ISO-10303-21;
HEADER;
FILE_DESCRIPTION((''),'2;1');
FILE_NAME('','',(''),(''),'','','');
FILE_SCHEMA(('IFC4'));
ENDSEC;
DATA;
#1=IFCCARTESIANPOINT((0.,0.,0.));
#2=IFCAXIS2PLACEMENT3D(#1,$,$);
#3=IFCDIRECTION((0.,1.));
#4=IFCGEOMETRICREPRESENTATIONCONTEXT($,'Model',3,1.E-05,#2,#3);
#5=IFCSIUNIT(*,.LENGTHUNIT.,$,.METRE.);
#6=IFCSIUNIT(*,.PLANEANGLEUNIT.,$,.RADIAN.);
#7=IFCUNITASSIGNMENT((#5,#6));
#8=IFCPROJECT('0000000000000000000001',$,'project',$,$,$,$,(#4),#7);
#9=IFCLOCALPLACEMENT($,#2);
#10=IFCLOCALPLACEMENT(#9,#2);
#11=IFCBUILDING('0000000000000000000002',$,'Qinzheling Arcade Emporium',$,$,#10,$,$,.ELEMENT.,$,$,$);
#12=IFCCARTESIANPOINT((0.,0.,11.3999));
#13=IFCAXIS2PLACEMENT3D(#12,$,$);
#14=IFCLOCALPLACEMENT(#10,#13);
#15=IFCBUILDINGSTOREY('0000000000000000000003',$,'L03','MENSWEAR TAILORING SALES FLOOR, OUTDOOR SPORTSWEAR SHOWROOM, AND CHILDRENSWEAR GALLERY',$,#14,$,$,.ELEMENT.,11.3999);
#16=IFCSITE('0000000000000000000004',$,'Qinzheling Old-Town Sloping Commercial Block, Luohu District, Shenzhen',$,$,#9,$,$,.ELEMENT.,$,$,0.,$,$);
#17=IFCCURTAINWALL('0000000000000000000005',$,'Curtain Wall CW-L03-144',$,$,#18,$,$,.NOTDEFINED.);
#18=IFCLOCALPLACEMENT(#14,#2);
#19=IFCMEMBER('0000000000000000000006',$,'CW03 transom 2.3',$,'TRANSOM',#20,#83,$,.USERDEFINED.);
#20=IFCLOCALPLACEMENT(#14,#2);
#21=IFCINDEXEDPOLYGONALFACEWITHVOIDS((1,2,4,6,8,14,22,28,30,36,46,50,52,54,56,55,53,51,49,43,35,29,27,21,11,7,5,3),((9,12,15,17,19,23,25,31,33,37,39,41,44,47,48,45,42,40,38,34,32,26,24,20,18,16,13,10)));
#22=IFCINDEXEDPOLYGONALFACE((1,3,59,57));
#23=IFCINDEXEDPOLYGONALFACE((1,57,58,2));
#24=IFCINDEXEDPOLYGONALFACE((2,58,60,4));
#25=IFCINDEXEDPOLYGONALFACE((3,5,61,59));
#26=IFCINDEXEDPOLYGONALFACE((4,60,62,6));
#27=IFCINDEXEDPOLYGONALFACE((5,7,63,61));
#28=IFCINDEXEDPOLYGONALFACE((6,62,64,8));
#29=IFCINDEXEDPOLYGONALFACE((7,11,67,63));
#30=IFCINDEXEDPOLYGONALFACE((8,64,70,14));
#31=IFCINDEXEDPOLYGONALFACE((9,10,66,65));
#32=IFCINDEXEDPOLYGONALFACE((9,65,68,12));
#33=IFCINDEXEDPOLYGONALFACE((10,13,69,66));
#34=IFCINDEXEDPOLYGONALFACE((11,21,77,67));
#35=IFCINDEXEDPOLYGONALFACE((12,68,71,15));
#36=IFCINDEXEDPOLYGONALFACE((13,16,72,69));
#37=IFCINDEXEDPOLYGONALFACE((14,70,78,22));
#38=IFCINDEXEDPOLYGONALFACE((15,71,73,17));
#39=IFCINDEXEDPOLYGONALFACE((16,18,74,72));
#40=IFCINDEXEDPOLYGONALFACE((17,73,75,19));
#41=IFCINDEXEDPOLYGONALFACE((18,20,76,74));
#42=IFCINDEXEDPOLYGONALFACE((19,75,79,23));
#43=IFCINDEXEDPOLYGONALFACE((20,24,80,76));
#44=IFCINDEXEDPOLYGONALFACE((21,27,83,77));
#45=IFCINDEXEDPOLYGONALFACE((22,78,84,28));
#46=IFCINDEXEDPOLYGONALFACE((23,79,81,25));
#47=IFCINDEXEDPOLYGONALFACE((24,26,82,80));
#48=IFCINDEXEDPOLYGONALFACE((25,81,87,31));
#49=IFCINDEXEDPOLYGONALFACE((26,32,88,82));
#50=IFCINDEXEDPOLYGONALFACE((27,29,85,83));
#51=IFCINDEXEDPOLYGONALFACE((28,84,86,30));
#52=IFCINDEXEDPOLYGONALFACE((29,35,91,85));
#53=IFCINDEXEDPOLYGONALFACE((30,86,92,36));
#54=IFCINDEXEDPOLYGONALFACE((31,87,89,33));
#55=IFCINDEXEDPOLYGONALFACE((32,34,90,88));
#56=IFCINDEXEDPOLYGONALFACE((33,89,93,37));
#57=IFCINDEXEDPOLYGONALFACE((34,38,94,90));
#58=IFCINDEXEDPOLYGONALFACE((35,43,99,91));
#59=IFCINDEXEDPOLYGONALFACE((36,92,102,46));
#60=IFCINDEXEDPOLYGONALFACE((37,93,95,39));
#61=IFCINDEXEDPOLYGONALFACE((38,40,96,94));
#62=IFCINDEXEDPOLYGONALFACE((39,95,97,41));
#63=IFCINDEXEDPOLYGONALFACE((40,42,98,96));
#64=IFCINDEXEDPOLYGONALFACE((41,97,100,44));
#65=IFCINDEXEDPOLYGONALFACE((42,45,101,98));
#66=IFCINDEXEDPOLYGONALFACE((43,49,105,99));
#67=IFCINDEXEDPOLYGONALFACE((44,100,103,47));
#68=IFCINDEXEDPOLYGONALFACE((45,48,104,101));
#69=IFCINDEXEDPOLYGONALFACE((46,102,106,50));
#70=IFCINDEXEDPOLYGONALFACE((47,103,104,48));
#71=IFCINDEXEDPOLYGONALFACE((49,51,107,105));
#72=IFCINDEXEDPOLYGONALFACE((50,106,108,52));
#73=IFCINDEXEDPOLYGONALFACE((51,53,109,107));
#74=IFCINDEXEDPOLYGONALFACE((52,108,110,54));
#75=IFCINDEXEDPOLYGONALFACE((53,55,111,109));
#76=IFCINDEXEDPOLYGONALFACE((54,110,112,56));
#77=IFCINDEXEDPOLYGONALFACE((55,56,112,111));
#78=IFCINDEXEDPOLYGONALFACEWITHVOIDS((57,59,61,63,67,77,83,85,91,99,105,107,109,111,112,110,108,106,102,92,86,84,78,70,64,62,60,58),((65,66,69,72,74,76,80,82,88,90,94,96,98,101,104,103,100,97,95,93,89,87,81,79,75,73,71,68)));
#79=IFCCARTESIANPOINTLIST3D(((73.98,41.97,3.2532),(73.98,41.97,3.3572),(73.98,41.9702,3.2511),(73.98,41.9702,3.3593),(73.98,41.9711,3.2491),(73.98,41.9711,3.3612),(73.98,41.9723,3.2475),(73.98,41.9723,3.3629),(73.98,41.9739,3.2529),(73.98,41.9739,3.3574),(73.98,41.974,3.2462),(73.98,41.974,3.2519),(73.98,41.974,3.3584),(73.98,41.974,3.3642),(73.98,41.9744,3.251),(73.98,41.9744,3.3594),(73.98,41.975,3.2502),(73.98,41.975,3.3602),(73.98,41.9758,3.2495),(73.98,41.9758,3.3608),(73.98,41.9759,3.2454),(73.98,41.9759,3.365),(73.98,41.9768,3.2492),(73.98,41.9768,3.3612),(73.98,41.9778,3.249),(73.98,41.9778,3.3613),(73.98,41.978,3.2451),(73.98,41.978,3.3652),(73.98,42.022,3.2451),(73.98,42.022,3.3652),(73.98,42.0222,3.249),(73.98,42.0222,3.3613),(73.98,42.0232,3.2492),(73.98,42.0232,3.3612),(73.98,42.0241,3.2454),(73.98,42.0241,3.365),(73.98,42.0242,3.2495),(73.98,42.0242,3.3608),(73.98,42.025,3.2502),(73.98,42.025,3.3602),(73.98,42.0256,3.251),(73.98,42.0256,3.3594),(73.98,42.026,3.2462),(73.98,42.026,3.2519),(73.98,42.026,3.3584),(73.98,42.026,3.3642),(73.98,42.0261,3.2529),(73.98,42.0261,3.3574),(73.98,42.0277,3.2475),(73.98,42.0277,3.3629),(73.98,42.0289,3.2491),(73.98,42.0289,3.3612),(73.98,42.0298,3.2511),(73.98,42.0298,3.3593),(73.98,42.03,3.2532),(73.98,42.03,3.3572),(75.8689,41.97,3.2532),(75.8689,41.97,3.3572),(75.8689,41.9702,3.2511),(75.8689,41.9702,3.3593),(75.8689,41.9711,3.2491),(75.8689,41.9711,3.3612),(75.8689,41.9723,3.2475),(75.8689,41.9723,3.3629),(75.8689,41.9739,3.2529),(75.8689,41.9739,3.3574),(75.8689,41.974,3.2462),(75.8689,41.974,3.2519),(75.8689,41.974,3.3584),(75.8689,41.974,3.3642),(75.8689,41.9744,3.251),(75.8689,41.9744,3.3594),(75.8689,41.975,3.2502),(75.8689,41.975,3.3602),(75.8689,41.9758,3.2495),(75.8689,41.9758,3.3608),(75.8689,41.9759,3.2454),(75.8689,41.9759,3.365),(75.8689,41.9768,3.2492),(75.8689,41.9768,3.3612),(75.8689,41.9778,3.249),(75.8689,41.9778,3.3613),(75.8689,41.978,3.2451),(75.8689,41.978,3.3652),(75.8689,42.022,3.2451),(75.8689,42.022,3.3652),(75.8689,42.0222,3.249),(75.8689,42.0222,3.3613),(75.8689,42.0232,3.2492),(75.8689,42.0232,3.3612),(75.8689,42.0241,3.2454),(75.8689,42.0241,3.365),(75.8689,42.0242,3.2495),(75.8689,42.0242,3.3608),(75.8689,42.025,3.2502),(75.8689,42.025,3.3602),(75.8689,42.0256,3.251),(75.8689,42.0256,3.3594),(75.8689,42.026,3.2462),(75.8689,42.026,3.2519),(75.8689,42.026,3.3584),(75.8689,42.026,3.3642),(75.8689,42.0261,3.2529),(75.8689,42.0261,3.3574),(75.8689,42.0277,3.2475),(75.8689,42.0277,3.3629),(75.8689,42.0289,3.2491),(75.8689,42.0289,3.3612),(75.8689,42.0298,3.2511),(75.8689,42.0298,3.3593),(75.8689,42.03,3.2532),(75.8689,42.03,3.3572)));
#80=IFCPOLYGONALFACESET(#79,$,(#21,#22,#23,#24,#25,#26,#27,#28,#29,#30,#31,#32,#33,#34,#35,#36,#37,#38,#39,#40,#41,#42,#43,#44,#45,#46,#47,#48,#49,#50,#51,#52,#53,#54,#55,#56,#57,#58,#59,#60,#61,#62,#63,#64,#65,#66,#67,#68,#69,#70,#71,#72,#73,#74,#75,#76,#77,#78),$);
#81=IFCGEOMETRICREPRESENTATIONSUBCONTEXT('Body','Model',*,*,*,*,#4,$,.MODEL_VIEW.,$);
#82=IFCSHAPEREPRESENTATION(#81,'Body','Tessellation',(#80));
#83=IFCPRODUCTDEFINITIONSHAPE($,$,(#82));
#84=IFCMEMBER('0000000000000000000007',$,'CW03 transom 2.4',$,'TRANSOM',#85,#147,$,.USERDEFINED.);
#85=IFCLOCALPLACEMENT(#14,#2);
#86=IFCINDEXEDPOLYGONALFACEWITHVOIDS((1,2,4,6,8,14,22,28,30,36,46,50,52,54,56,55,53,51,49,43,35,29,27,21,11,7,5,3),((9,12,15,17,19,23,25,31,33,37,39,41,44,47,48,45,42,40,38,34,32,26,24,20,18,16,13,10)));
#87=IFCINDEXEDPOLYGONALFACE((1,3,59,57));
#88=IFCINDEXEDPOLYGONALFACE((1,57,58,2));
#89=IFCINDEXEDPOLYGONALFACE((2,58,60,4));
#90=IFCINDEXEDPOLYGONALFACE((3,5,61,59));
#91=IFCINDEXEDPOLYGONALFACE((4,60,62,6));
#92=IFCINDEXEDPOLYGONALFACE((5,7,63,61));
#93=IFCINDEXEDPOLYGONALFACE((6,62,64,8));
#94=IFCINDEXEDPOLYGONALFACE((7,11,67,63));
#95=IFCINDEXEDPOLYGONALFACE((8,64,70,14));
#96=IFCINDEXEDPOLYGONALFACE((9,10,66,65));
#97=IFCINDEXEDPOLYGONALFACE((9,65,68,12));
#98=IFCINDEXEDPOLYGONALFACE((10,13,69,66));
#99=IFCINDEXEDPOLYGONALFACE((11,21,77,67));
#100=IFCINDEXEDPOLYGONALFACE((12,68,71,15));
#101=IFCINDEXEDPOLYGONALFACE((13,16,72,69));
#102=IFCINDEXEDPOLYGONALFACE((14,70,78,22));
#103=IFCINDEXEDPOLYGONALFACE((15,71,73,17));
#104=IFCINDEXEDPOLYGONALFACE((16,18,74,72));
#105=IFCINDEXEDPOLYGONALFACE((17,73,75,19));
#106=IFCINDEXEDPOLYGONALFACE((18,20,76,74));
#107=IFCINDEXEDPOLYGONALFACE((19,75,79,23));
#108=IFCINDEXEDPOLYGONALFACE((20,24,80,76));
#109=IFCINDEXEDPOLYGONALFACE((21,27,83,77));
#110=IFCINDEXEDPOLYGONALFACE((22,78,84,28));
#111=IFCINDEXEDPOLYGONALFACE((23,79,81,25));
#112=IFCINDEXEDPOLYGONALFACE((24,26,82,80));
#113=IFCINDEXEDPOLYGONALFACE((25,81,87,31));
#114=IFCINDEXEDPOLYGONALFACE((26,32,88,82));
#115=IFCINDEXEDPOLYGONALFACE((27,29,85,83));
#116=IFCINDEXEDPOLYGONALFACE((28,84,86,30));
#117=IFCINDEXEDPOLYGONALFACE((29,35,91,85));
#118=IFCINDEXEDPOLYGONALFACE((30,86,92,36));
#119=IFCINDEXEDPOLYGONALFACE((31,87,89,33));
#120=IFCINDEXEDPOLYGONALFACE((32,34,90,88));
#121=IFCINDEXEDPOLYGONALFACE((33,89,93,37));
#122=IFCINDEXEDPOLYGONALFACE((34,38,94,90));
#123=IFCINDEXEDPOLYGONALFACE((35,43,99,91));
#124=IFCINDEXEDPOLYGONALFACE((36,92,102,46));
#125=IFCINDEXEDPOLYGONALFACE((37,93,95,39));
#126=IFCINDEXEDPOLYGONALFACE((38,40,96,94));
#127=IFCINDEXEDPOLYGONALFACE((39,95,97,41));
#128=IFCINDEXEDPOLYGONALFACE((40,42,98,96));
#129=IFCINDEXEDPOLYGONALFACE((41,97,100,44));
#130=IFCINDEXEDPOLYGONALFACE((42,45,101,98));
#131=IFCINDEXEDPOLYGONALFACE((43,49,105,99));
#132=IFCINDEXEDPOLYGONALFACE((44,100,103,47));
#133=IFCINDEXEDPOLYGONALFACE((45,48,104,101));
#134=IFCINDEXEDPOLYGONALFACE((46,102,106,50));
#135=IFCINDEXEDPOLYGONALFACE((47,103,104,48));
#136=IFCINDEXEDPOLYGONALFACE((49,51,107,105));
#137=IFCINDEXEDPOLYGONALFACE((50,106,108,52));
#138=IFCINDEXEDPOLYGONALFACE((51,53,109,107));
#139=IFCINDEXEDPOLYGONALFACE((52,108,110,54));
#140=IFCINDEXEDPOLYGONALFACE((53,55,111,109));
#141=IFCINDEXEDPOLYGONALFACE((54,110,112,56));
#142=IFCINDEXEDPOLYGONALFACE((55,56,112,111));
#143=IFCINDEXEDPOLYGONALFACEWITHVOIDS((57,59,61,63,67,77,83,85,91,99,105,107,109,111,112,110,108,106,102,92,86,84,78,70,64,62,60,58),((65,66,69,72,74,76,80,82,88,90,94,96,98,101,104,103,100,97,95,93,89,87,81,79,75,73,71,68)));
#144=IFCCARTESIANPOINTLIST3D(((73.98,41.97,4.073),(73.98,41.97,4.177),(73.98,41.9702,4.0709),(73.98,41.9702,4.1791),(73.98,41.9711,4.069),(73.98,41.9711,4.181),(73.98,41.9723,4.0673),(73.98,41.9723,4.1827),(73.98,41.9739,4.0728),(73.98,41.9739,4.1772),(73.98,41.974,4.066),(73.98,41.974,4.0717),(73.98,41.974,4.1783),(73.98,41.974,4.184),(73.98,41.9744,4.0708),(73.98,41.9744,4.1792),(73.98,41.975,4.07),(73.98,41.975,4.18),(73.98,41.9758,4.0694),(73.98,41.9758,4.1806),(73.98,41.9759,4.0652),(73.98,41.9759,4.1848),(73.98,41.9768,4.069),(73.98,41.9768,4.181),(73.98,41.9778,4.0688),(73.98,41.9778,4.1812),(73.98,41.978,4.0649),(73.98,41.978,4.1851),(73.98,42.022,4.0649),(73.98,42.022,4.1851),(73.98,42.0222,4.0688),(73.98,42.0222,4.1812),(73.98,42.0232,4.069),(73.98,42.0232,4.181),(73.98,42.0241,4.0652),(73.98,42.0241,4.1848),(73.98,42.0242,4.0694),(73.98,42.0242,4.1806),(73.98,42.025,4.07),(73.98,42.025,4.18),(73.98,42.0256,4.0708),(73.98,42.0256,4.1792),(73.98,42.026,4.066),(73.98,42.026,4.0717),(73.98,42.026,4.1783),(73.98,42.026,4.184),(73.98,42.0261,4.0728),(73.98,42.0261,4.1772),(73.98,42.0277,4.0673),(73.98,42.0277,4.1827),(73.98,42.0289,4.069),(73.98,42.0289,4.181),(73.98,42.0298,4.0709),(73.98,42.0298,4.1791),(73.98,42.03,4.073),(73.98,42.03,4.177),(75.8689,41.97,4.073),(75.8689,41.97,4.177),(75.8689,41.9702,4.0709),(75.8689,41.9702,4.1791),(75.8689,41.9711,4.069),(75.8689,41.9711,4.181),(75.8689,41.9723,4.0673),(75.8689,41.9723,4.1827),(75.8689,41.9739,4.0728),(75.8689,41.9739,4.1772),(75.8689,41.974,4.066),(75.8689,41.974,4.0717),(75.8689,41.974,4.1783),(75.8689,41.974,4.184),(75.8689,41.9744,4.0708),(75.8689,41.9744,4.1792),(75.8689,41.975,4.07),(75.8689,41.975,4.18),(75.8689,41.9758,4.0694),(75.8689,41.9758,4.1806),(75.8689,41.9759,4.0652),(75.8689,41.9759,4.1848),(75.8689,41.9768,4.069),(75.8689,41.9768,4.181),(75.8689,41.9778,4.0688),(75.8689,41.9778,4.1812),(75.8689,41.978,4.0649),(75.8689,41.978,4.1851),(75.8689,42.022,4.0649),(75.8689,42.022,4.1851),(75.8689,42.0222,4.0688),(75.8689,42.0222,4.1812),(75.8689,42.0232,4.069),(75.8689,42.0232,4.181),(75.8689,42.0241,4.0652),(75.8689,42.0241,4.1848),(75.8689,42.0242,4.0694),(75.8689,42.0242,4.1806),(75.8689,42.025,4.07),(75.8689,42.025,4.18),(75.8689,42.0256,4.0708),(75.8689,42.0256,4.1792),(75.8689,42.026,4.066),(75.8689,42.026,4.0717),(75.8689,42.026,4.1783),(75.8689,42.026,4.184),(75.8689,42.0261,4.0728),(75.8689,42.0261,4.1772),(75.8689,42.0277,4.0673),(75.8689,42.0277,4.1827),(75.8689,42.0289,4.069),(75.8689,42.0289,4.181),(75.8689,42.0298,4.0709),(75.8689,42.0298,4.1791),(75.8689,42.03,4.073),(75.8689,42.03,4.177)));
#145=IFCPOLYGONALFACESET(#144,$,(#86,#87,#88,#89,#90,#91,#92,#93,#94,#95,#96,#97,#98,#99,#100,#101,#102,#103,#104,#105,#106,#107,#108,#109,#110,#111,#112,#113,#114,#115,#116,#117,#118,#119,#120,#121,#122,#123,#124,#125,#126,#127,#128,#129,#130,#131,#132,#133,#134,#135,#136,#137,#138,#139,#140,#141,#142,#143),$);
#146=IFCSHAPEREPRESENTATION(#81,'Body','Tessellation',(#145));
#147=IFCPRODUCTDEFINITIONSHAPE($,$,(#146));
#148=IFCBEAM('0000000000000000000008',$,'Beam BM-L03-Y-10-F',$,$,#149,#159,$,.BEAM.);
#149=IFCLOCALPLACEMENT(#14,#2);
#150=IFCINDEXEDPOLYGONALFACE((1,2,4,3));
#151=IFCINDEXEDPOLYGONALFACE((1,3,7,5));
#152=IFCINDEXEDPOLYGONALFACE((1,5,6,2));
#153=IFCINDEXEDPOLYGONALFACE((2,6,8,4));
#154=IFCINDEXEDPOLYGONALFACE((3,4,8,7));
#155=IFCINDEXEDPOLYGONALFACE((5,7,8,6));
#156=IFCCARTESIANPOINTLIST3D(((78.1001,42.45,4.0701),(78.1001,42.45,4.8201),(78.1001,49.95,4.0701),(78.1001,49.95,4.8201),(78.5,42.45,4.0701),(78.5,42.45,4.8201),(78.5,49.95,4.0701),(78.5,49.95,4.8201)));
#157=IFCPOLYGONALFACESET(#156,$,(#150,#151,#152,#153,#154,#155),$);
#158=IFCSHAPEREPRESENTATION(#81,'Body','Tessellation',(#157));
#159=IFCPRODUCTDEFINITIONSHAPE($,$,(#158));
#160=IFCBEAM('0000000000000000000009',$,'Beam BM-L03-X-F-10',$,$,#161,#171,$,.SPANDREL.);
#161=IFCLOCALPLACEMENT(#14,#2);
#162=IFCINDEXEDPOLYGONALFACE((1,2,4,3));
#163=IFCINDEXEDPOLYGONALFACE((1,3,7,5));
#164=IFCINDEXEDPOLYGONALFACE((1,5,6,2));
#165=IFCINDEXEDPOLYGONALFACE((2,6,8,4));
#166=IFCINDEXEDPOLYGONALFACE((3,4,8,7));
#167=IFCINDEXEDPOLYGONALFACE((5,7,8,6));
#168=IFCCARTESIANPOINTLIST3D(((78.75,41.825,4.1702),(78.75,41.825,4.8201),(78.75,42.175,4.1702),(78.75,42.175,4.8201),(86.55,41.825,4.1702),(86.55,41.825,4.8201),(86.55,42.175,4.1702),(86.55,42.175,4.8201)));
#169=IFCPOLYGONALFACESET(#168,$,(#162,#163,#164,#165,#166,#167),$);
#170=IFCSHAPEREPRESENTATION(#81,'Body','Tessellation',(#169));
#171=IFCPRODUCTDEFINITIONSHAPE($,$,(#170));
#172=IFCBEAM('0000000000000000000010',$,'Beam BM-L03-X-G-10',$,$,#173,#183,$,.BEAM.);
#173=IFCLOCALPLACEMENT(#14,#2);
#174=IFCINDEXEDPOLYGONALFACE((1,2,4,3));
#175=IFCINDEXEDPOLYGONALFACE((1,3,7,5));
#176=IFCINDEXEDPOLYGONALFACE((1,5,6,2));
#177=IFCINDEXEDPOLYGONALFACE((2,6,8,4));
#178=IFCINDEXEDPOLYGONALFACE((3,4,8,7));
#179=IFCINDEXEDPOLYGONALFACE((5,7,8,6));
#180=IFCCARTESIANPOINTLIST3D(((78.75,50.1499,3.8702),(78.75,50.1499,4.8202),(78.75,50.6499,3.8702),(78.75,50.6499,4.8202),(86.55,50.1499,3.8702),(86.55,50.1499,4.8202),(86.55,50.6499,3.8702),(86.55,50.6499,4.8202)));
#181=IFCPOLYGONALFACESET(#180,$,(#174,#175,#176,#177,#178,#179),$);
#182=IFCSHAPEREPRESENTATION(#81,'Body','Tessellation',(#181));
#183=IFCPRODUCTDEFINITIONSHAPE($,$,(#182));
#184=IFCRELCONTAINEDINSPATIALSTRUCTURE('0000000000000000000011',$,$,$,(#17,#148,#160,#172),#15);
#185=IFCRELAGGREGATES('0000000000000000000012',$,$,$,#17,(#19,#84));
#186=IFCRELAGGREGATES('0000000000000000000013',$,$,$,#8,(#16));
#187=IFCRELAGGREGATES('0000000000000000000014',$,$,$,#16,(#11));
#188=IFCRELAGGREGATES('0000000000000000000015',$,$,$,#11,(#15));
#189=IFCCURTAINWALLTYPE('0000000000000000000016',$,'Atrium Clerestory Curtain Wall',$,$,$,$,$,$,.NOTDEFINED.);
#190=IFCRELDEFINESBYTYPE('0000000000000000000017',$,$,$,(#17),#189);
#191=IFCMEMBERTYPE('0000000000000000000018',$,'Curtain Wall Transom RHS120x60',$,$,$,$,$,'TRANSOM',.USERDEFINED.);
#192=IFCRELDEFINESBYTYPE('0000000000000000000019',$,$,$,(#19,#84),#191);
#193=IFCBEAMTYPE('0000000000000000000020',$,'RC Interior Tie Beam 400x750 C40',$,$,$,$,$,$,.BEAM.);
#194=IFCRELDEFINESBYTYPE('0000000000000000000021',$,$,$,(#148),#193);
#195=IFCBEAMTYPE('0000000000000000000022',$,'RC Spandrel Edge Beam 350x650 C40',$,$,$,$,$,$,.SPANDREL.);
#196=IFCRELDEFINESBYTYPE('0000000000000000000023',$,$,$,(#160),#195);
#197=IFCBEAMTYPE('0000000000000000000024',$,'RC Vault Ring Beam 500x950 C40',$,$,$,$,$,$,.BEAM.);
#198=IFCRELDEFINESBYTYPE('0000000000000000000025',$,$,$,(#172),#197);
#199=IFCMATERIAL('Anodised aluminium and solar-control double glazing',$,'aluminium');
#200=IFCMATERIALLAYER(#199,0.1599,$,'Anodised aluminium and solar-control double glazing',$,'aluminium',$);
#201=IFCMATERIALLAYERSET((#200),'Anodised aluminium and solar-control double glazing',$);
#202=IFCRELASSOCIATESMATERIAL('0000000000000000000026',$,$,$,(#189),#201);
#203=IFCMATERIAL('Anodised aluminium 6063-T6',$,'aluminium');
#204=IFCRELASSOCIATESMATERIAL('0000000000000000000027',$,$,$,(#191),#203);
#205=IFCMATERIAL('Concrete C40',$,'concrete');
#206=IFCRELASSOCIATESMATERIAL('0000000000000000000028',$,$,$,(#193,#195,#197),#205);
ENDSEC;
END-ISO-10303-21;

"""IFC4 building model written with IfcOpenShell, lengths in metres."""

from ifc_helpers import new_model, si_unit, direction, frame, origin, origin_2d, place, context, subcontext, project, spatial, rectangle, hollow_rectangle, extrude, material, layer, layer_set, material_profile, profile_set, type_object, element, aggregate, save


model = new_model("IFC4")

# Units and contexts
model_context = context("Model", 3, precision=1e-05, world=origin(), true_north=direction((0.0, 1.0)))
body_context = subcontext(model_context, "Body", "Model", "MODEL_VIEW")
ifc_project = project(units=[si_unit("LENGTHUNIT", "METRE"), si_unit("PLANEANGLEUNIT", "RADIAN")], contexts=[model_context])

# Site, building, storey
site_placement = place(None, origin())
site = spatial("IfcSite", under=ifc_project, at=site_placement, Name="Qinzheling Old-Town Sloping Commercial Block, Luohu District, Shenzhen", CompositionType="ELEMENT", RefElevation=0.0)
building_placement = place(site_placement, origin())
building = spatial("IfcBuilding", under=site, at=building_placement, Name="Qinzheling Arcade Emporium", CompositionType="ELEMENT")
storey_placement = place(building_placement, frame((0.0, 0.0, 11.3999)))
storey = spatial("IfcBuildingStorey", under=building, at=storey_placement, Name="L03", Description="MENSWEAR TAILORING SALES FLOOR, OUTDOOR SPORTSWEAR SHOWROOM, AND CHILDRENSWEAR GALLERY", CompositionType="ELEMENT", Elevation=11.3999)

# Curtain wall, members
ifc_material_1 = material(Name="Anodised aluminium and solar-control double glazing", Category="aluminium")
ifc_layer_1 = layer(ifc_material_1, 0.1599, Name="Anodised aluminium and solar-control double glazing", Category="aluminium")
ifc_layer_set_1 = layer_set([ifc_layer_1], Name="Anodised aluminium and solar-control double glazing")
curtain_wall_type = type_object("IfcCurtainWallType", Name="Atrium Clerestory Curtain Wall", PredefinedType="NOTDEFINED", material=ifc_layer_set_1)
curtain_wall_placement = place(storey_placement, origin())
curtain_wall = element("IfcCurtainWall", 1, at=curtain_wall_placement, inside=storey, type_object=curtain_wall_type, Name="Curtain Wall CW-L03-144", PredefinedType="NOTDEFINED")
ifc_material_2 = material(Name="Anodised aluminium 6063-T6", Category="aluminium")
ifc_material_profile_1 = material_profile(ifc_material_2, hollow_rectangle(XDim=0.0601, YDim=0.1201, WallThickness=0.0039, InnerFilletRadius=0.0039, OuterFilletRadius=0.0081, at=origin_2d()), Name="RHS 120x60x4", Category="aluminium")
ifc_profile_set_1 = profile_set([ifc_material_profile_1], Name="Anodised aluminium 6063-T6")
member_type_1 = type_object("IfcMemberType", Name="Curtain Wall Transom RHS120x60", ElementType="TRANSOM", PredefinedType="USERDEFINED", material=ifc_profile_set_1)
member_1_placement = place(storey_placement, frame((75.8689, 42.0, 3.3052), z_axis=(-1.0, 0.0, 0.0), x_axis=(0.0, -1.0, 0.0)))
member_1 = element("IfcMember", 2, at=member_1_placement, type_object=member_type_1, Name="CW03 transom 2.3", ObjectType="TRANSOM", PredefinedType="USERDEFINED", context=body_context, shape_type="SweptSolid", body=[
    extrude(hollow_rectangle(XDim=0.0601, YDim=0.1201, WallThickness=0.0039, InnerFilletRadius=0.0039, OuterFilletRadius=0.0081, at=origin_2d()), origin(), (0.0, 0.0, 1.0), 1.8889),
])
member_2_placement = place(storey_placement, frame((75.8689, 42.0, 4.125), z_axis=(-1.0, 0.0, 0.0), x_axis=(0.0, -1.0, 0.0)))
member_2 = element("IfcMember", 3, at=member_2_placement, type_object=member_type_1, Name="CW03 transom 2.4", ObjectType="TRANSOM", PredefinedType="USERDEFINED", context=body_context, shape_type="SweptSolid", body=[
    extrude(hollow_rectangle(XDim=0.0601, YDim=0.1201, WallThickness=0.0039, InnerFilletRadius=0.0039, OuterFilletRadius=0.0081, at=origin_2d()), origin(), (0.0, 0.0, 1.0), 1.8889),
])

# Beams
ifc_material_3 = material(Name="Concrete C40", Category="concrete")
ifc_material_profile_2 = material_profile(ifc_material_3, rectangle(XDim=0.3999, YDim=0.75, at=origin_2d()), Name="RC 400x750", Category="concrete")
ifc_profile_set_2 = profile_set([ifc_material_profile_2], Name="Concrete C40")
beam_type_1 = type_object("IfcBeamType", Name="RC Interior Tie Beam 400x750 C40", PredefinedType="BEAM", material=ifc_profile_set_2)
beam_1_placement = place(storey_placement, frame((78.3, 42.45, 4.4451), z_axis=(0.0, 1.0, 0.0), x_axis=(-1.0, 0.0, 0.0)))
element("IfcBeam", 4, at=beam_1_placement, inside=storey, type_object=beam_type_1, Name="Beam BM-L03-Y-10-F", PredefinedType="BEAM", context=body_context, shape_type="SweptSolid", body=[
    extrude(rectangle(XDim=0.3999, YDim=0.75, at=origin_2d()), origin(), (0.0, 0.0, 1.0), 7.5),
])
ifc_material_profile_3 = material_profile(ifc_material_3, rectangle(XDim=0.3501, YDim=0.6499, at=origin_2d()), Name="RC 350x650", Category="concrete")
ifc_profile_set_3 = profile_set([ifc_material_profile_3], Name="Concrete C40")
beam_type_2 = type_object("IfcBeamType", Name="RC Spandrel Edge Beam 350x650 C40", PredefinedType="SPANDREL", material=ifc_profile_set_3)
beam_2_placement = place(storey_placement, frame((78.75, 42.0, 4.4951), z_axis=(1.0, 0.0, 0.0), x_axis=(0.0, 1.0, 0.0)))
element("IfcBeam", 5, at=beam_2_placement, inside=storey, type_object=beam_type_2, Name="Beam BM-L03-X-F-10", PredefinedType="SPANDREL", context=body_context, shape_type="SweptSolid", body=[
    extrude(rectangle(XDim=0.3501, YDim=0.6499, at=origin_2d()), origin(), (0.0, 0.0, 1.0), 7.8),
])
ifc_material_profile_4 = material_profile(ifc_material_3, rectangle(XDim=0.5, YDim=0.95, at=origin_2d()), Name="RC 500x950", Category="concrete")
ifc_profile_set_4 = profile_set([ifc_material_profile_4], Name="Concrete C40")
beam_type_3 = type_object("IfcBeamType", Name="RC Vault Ring Beam 500x950 C40", PredefinedType="BEAM", material=ifc_profile_set_4)
beam_3_placement = place(storey_placement, frame((78.75, 50.3999, 4.3452), z_axis=(1.0, 0.0, 0.0), x_axis=(0.0, 1.0, 0.0)))
element("IfcBeam", 6, at=beam_3_placement, inside=storey, type_object=beam_type_3, Name="Beam BM-L03-X-G-10", PredefinedType="BEAM", context=body_context, shape_type="SweptSolid", body=[
    extrude(rectangle(XDim=0.5, YDim=0.95, at=origin_2d()), origin(), (0.0, 0.0, 1.0), 7.8),
])

aggregate(curtain_wall, [member_1, member_2])

save(model, "model.ifc")
